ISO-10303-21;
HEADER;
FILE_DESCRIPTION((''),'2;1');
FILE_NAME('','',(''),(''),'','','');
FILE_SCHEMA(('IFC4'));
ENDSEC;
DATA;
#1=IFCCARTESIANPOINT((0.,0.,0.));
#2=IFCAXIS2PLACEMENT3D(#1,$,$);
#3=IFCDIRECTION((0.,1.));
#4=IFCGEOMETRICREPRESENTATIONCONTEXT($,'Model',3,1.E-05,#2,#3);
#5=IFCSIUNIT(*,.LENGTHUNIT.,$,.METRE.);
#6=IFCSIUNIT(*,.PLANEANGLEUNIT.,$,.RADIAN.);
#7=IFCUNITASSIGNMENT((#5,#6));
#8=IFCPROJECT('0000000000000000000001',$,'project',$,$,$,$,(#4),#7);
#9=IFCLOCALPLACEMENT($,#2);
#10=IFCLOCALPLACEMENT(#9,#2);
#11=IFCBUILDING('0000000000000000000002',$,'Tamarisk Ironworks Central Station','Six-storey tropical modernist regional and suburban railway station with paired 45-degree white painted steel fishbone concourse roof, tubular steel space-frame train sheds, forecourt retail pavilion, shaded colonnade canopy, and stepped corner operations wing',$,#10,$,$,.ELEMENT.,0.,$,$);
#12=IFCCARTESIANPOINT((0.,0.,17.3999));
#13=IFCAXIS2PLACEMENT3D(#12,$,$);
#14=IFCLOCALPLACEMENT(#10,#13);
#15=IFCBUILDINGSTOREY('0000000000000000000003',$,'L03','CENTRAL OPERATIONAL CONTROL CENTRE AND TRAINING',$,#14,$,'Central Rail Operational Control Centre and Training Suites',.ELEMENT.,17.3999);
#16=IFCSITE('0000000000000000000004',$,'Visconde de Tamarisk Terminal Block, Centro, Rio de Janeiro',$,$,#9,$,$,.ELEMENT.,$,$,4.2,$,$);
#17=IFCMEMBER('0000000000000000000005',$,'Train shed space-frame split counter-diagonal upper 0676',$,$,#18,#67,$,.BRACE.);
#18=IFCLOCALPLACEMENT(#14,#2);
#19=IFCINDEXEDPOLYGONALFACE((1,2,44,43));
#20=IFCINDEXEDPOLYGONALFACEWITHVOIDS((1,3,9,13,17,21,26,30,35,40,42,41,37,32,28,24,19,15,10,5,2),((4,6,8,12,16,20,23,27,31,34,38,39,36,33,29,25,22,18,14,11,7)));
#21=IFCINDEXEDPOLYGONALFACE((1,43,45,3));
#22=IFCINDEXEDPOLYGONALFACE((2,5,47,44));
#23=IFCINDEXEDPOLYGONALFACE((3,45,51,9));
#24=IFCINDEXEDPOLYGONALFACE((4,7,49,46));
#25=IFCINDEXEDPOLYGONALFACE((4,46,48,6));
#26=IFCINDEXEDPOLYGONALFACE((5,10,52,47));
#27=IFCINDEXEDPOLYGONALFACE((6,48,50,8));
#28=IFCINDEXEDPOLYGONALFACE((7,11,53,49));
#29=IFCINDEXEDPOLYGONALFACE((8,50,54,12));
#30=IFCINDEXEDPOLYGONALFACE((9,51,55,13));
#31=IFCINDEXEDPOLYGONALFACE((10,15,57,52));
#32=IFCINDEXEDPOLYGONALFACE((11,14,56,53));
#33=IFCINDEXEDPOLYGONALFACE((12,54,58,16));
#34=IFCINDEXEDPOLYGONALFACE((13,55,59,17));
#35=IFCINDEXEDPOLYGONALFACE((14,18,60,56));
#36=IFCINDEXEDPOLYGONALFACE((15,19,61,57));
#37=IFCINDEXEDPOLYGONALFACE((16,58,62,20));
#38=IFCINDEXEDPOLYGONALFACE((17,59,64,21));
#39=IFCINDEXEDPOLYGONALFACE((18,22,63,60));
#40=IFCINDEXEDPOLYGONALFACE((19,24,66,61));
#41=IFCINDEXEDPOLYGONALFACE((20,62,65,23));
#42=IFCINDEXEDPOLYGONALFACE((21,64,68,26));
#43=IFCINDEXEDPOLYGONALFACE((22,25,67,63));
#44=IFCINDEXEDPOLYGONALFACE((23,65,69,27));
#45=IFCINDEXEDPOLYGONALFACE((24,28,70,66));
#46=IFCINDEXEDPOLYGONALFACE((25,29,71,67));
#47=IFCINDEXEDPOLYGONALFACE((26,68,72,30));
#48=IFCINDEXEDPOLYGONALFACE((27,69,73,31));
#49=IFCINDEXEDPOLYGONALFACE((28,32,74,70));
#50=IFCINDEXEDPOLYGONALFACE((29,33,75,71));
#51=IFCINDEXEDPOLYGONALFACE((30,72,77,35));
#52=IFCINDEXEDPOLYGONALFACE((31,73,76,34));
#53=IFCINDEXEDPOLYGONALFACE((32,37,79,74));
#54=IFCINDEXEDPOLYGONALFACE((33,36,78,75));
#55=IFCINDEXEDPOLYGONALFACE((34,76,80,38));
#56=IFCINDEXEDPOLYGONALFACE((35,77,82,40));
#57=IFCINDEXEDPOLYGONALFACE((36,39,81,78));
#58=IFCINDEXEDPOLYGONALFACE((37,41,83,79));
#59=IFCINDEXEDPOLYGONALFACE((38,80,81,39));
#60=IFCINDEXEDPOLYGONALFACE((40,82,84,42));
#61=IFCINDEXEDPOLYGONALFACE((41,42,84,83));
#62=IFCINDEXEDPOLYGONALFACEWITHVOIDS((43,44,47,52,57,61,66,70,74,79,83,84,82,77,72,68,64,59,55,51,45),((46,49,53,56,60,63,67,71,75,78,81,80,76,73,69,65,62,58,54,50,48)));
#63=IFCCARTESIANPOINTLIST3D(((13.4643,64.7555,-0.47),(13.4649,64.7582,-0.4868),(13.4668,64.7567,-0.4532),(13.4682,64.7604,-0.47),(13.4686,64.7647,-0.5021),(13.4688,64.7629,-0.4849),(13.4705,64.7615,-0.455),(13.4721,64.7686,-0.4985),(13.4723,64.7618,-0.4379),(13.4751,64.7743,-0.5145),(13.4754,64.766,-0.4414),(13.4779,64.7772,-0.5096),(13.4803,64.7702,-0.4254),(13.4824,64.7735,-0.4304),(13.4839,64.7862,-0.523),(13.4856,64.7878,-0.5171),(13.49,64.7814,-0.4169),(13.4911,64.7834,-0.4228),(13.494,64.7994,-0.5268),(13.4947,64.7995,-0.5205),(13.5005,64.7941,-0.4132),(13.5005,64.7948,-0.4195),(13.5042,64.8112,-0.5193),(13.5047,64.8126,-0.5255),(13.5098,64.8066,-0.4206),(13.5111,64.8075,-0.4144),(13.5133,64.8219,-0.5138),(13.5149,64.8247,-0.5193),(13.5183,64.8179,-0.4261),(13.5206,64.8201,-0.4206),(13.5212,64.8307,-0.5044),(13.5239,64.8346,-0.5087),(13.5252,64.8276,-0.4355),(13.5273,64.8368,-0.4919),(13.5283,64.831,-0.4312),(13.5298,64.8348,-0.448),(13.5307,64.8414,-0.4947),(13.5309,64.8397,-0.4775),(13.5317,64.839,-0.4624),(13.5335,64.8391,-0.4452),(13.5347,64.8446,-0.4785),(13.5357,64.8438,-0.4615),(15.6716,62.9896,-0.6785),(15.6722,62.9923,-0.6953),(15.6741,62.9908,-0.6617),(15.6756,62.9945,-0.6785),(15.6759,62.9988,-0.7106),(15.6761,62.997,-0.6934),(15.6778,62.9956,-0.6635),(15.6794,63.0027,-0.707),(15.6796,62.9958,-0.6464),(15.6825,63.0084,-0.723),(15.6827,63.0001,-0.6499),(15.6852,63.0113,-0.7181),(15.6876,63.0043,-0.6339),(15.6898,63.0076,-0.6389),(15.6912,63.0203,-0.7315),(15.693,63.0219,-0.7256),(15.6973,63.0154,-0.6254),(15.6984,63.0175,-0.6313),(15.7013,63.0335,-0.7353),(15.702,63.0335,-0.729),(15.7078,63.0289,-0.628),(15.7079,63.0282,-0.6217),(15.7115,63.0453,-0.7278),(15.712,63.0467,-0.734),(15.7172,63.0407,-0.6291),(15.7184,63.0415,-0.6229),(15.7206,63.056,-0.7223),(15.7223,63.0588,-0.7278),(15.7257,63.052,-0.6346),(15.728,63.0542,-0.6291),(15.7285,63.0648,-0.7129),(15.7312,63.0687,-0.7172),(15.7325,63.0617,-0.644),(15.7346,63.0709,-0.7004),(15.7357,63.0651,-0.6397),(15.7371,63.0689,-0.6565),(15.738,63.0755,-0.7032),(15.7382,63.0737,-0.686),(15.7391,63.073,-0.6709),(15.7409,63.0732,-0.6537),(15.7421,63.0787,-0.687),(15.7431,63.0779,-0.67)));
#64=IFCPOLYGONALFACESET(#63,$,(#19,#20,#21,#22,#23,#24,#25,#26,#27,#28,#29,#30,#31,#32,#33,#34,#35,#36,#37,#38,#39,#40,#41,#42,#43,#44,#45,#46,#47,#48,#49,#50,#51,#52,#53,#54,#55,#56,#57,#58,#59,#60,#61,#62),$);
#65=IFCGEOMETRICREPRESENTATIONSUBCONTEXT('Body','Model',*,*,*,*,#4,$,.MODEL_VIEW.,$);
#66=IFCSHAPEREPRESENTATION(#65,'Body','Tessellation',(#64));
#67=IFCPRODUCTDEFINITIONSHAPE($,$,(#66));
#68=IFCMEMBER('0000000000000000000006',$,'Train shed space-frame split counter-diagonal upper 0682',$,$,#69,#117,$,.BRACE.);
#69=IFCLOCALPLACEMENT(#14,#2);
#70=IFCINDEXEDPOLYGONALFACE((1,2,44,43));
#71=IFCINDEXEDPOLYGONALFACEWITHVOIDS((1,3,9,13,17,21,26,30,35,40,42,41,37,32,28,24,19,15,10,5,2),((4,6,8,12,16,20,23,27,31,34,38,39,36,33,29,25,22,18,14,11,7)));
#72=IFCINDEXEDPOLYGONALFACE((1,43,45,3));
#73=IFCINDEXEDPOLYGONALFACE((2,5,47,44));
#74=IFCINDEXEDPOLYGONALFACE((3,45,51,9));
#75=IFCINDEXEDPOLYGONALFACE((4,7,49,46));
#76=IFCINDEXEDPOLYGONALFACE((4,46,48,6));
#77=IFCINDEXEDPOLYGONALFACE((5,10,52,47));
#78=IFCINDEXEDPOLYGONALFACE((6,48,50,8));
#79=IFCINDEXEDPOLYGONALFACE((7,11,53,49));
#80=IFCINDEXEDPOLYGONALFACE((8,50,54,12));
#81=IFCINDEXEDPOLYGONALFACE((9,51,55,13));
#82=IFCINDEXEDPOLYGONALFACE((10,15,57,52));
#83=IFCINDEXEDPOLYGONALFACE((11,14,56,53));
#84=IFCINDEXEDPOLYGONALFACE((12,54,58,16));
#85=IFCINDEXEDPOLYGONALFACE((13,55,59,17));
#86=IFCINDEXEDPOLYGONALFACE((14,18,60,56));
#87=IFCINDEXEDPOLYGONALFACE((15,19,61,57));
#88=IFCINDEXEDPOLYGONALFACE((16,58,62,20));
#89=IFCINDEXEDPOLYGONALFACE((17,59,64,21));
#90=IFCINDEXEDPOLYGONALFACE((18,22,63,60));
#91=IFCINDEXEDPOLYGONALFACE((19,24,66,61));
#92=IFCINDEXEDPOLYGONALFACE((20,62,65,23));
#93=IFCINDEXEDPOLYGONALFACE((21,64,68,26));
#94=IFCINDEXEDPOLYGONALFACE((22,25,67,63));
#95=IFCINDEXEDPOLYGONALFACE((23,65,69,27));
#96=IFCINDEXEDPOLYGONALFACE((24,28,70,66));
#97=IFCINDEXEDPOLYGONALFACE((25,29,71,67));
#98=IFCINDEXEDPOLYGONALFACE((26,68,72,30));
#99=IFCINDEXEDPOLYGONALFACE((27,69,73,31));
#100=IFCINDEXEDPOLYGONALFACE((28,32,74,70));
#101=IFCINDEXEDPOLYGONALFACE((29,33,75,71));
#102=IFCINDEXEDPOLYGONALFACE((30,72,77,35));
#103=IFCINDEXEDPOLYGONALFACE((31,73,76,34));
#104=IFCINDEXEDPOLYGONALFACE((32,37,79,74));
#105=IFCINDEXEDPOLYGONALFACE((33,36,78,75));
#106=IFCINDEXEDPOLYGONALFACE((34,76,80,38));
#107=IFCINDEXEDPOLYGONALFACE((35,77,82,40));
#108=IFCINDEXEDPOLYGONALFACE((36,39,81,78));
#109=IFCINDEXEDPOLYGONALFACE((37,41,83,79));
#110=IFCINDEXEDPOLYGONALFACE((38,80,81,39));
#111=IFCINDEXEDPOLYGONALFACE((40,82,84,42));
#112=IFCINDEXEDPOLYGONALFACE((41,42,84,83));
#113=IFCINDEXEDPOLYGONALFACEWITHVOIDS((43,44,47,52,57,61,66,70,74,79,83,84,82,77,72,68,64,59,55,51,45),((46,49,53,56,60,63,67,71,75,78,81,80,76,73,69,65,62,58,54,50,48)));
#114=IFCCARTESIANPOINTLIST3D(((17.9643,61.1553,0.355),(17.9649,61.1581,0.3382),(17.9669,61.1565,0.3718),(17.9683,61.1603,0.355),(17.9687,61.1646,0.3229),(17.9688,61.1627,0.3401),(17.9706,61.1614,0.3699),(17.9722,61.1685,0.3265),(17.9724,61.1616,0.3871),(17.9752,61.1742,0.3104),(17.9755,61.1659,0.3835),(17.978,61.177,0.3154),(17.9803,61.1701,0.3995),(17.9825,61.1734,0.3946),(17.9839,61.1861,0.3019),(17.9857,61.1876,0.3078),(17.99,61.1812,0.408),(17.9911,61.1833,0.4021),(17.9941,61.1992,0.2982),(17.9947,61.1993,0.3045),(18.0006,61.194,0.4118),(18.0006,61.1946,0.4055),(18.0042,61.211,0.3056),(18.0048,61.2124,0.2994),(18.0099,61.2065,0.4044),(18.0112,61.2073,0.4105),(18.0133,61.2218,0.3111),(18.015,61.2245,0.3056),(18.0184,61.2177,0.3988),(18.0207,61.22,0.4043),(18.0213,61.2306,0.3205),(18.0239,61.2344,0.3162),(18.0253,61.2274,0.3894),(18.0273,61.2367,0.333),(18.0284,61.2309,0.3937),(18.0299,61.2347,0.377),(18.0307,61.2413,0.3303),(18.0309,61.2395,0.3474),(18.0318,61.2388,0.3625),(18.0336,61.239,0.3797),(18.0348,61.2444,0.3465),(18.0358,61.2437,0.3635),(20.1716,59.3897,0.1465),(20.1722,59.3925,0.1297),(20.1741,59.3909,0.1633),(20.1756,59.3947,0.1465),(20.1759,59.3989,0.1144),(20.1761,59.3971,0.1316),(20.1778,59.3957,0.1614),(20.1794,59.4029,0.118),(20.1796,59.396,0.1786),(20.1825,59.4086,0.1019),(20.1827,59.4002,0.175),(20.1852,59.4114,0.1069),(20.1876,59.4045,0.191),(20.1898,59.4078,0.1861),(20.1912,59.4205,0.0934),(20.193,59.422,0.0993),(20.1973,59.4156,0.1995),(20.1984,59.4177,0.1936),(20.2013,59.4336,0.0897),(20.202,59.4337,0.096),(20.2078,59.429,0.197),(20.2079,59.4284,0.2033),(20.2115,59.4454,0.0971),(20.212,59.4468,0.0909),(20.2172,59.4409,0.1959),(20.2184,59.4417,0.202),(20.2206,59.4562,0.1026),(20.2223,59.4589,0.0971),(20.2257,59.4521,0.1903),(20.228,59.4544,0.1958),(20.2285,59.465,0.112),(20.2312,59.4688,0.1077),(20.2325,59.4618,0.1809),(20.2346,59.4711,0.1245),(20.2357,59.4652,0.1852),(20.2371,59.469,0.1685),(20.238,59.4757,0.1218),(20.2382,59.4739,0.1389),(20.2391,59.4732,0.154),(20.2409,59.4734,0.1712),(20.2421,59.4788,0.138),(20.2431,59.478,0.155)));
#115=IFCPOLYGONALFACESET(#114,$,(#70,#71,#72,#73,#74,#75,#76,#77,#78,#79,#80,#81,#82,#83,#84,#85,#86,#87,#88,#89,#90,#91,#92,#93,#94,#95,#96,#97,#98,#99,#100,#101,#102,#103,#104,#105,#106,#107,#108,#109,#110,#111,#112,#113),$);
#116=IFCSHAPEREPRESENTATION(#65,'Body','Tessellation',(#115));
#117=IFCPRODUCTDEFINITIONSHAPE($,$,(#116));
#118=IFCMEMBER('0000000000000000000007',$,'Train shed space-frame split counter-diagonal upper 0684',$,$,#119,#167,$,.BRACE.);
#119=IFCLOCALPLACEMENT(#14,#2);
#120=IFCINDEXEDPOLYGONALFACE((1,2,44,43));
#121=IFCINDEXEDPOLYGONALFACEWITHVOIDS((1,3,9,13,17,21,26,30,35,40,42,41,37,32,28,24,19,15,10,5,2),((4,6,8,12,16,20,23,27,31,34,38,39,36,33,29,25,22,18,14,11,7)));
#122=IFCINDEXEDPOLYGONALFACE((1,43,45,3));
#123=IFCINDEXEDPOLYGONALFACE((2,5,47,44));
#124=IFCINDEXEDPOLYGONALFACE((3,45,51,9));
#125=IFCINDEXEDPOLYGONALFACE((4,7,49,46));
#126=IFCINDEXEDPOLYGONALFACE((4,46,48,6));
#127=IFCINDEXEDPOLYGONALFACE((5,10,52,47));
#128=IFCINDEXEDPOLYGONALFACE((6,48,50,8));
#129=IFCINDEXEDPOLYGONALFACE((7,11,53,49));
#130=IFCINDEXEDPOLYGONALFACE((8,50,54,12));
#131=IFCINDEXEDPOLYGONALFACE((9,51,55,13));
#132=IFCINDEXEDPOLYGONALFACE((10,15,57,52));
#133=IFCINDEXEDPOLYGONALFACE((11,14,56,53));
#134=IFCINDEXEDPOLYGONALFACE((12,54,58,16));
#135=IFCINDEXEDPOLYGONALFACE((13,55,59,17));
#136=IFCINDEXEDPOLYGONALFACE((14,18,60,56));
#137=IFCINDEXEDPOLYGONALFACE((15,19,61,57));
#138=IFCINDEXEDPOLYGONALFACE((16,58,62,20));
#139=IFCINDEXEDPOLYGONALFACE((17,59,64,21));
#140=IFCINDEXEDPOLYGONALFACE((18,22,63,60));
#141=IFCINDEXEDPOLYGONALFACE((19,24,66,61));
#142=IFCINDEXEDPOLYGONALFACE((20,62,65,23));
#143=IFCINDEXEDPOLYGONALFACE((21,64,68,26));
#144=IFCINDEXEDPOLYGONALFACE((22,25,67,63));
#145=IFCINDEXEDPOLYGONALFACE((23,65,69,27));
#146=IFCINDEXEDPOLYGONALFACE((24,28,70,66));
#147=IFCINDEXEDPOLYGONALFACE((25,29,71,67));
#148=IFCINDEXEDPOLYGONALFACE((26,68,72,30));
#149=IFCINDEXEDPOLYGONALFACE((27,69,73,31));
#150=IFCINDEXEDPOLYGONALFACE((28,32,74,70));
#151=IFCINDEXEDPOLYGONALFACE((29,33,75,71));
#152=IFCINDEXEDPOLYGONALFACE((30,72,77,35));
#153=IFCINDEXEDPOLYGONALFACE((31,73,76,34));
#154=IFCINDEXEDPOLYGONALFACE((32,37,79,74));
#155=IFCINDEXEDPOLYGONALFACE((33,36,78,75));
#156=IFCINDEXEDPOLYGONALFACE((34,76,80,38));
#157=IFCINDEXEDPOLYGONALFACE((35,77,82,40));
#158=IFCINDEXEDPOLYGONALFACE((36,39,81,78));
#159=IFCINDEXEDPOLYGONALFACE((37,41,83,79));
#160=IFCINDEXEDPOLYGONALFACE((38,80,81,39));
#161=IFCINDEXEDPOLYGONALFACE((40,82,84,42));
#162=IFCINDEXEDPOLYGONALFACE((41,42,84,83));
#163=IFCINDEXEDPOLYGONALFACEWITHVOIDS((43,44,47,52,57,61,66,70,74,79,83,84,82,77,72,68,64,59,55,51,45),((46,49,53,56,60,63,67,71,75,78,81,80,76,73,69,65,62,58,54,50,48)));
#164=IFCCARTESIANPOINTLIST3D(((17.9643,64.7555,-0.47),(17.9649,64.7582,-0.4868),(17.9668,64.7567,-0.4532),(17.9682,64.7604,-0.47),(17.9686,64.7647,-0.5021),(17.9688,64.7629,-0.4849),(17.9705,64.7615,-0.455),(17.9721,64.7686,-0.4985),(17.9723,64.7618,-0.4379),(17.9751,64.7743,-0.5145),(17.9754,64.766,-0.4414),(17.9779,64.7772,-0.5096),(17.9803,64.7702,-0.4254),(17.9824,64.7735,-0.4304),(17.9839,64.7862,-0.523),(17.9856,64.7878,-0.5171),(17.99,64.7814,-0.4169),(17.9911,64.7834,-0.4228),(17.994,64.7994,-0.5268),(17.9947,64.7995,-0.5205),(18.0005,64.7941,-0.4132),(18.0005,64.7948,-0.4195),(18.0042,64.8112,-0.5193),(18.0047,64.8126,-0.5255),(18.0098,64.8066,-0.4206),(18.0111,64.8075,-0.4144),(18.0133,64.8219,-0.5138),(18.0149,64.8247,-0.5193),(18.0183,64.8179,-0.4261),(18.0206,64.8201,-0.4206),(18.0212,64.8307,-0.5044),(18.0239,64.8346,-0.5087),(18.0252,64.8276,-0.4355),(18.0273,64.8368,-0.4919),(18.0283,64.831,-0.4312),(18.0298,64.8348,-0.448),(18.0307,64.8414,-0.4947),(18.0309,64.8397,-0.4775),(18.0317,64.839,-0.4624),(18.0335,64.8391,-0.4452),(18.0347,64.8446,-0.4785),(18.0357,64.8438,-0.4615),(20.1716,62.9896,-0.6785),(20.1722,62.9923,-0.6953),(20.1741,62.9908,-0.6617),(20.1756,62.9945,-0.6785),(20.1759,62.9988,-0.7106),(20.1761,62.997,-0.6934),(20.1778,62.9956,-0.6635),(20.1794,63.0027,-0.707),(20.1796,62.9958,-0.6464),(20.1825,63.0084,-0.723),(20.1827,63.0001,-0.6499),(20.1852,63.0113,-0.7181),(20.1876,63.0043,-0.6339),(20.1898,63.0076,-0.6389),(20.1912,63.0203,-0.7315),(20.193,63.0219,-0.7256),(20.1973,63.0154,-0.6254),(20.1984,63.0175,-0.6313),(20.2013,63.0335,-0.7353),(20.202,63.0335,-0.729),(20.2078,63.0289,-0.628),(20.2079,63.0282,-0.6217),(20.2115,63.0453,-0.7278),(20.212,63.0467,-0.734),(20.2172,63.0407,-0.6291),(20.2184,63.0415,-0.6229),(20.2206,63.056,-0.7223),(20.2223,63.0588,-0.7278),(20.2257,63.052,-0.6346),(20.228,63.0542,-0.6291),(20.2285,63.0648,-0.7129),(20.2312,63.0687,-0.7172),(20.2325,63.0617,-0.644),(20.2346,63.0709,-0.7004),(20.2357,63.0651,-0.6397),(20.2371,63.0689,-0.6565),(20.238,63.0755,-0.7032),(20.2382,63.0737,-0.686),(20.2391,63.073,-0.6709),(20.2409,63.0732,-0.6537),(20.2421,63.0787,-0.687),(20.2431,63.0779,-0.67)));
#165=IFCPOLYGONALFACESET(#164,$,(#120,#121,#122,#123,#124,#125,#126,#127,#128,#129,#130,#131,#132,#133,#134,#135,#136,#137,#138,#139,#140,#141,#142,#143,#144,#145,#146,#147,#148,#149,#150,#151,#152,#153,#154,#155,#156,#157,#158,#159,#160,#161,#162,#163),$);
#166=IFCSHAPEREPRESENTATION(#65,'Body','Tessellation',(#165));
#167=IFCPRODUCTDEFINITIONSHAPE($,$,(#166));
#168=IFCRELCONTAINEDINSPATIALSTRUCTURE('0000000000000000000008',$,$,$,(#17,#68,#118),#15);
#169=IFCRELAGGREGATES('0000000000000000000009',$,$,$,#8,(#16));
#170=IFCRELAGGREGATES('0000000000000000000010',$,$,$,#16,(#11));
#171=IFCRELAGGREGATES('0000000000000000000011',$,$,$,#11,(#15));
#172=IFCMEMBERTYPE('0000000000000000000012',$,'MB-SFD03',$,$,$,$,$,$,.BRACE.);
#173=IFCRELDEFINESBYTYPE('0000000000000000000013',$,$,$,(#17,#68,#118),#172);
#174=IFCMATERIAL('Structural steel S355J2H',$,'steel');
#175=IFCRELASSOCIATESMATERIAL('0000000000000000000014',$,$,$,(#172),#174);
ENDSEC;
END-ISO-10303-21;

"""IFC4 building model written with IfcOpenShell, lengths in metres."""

from ifc_helpers import new_model, si_unit, direction, frame, origin, origin_2d, place, context, subcontext, project, spatial, hollow_circle, extrude, material, material_profile, profile_set, type_object, element, save


model = new_model("IFC4")

# Units and contexts
model_context = context("Model", 3, precision=1e-05, world=origin(), true_north=direction((0.0, 1.0)))
body_context = subcontext(model_context, "Body", "Model", "MODEL_VIEW")
ifc_project = project(units=[si_unit("LENGTHUNIT", "METRE"), si_unit("PLANEANGLEUNIT", "RADIAN")], contexts=[model_context])

# Site, building, storey
site_placement = place(None, origin())
site = spatial("IfcSite", under=ifc_project, at=site_placement, Name="Visconde de Tamarisk Terminal Block, Centro, Rio de Janeiro", CompositionType="ELEMENT", RefElevation=4.2)
building_placement = place(site_placement, origin())
building = spatial("IfcBuilding", under=site, at=building_placement, Name="Tamarisk Ironworks Central Station", Description="Six-storey tropical modernist regional and suburban railway station with paired 45-degree white painted steel fishbone concourse roof, tubular steel space-frame train sheds, forecourt retail pavilion, shaded colonnade canopy, and stepped corner operations wing", CompositionType="ELEMENT", ElevationOfRefHeight=0.0)
storey_placement = place(building_placement, frame((0.0, 0.0, 17.3999)))
storey = spatial("IfcBuildingStorey", under=building, at=storey_placement, Name="L03", Description="CENTRAL OPERATIONAL CONTROL CENTRE AND TRAINING", LongName="Central Rail Operational Control Centre and Training Suites", CompositionType="ELEMENT", Elevation=17.3999)

# Members
ifc_material_1 = material(Name="Structural steel S355J2H", Category="steel")
ifc_material_profile_1 = material_profile(ifc_material_1, hollow_circle(Radius=0.0571, WallThickness=0.0063, at=origin_2d()), Name="CHS 114.3x6.3")
ifc_profile_set_1 = profile_set([ifc_material_profile_1], Name="Structural steel S355J2H")
member_type_1 = type_object("IfcMemberType", Name="MB-SFD03", PredefinedType="BRACE", material=ifc_profile_set_1)
for number, where, z_axis, x_axis, name in (
    (1, (15.7073, 63.0342, -0.6785), (-0.778745, 0.623013, 0.073559), (-0.624706, -0.78086, 0.0), "Train shed space-frame split counter-diagonal upper 0676"),
):
    element("IfcMember", number, at=place(storey_placement, frame(where, z_axis=z_axis, x_axis=x_axis)), inside=storey, type_object=member_type_1, Name=name, PredefinedType="BRACE", context=body_context, shape_type="SweptSolid", body=[
        extrude(hollow_circle(Radius=0.0571, WallThickness=0.0063, at=origin_2d()), origin(), (0.0, 0.0, 1.0), 2.8345),
    ])
member_1_placement = place(storey_placement, frame((20.2073, 59.4343, 0.1465), z_axis=(-0.778787, 0.62296, 0.073563), x_axis=(-0.624653, -0.780903, 0.0)))
element("IfcMember", 2, at=member_1_placement, inside=storey, type_object=member_type_1, Name="Train shed space-frame split counter-diagonal upper 0682", PredefinedType="BRACE", context=body_context, shape_type="SweptSolid", body=[
    extrude(hollow_circle(Radius=0.0571, WallThickness=0.0063, at=origin_2d()), origin(), (0.0, 0.0, 1.0), 2.8342),
])
member_2_placement = place(storey_placement, frame((20.2073, 63.0342, -0.6785), z_axis=(-0.778745, 0.623013, 0.073559), x_axis=(-0.624706, -0.78086, 0.0)))
element("IfcMember", 3, at=member_2_placement, inside=storey, type_object=member_type_1, Name="Train shed space-frame split counter-diagonal upper 0684", PredefinedType="BRACE", context=body_context, shape_type="SweptSolid", body=[
    extrude(hollow_circle(Radius=0.0571, WallThickness=0.0063, at=origin_2d()), origin(), (0.0, 0.0, 1.0), 2.8345),
])

save(model, "model.ifc")
